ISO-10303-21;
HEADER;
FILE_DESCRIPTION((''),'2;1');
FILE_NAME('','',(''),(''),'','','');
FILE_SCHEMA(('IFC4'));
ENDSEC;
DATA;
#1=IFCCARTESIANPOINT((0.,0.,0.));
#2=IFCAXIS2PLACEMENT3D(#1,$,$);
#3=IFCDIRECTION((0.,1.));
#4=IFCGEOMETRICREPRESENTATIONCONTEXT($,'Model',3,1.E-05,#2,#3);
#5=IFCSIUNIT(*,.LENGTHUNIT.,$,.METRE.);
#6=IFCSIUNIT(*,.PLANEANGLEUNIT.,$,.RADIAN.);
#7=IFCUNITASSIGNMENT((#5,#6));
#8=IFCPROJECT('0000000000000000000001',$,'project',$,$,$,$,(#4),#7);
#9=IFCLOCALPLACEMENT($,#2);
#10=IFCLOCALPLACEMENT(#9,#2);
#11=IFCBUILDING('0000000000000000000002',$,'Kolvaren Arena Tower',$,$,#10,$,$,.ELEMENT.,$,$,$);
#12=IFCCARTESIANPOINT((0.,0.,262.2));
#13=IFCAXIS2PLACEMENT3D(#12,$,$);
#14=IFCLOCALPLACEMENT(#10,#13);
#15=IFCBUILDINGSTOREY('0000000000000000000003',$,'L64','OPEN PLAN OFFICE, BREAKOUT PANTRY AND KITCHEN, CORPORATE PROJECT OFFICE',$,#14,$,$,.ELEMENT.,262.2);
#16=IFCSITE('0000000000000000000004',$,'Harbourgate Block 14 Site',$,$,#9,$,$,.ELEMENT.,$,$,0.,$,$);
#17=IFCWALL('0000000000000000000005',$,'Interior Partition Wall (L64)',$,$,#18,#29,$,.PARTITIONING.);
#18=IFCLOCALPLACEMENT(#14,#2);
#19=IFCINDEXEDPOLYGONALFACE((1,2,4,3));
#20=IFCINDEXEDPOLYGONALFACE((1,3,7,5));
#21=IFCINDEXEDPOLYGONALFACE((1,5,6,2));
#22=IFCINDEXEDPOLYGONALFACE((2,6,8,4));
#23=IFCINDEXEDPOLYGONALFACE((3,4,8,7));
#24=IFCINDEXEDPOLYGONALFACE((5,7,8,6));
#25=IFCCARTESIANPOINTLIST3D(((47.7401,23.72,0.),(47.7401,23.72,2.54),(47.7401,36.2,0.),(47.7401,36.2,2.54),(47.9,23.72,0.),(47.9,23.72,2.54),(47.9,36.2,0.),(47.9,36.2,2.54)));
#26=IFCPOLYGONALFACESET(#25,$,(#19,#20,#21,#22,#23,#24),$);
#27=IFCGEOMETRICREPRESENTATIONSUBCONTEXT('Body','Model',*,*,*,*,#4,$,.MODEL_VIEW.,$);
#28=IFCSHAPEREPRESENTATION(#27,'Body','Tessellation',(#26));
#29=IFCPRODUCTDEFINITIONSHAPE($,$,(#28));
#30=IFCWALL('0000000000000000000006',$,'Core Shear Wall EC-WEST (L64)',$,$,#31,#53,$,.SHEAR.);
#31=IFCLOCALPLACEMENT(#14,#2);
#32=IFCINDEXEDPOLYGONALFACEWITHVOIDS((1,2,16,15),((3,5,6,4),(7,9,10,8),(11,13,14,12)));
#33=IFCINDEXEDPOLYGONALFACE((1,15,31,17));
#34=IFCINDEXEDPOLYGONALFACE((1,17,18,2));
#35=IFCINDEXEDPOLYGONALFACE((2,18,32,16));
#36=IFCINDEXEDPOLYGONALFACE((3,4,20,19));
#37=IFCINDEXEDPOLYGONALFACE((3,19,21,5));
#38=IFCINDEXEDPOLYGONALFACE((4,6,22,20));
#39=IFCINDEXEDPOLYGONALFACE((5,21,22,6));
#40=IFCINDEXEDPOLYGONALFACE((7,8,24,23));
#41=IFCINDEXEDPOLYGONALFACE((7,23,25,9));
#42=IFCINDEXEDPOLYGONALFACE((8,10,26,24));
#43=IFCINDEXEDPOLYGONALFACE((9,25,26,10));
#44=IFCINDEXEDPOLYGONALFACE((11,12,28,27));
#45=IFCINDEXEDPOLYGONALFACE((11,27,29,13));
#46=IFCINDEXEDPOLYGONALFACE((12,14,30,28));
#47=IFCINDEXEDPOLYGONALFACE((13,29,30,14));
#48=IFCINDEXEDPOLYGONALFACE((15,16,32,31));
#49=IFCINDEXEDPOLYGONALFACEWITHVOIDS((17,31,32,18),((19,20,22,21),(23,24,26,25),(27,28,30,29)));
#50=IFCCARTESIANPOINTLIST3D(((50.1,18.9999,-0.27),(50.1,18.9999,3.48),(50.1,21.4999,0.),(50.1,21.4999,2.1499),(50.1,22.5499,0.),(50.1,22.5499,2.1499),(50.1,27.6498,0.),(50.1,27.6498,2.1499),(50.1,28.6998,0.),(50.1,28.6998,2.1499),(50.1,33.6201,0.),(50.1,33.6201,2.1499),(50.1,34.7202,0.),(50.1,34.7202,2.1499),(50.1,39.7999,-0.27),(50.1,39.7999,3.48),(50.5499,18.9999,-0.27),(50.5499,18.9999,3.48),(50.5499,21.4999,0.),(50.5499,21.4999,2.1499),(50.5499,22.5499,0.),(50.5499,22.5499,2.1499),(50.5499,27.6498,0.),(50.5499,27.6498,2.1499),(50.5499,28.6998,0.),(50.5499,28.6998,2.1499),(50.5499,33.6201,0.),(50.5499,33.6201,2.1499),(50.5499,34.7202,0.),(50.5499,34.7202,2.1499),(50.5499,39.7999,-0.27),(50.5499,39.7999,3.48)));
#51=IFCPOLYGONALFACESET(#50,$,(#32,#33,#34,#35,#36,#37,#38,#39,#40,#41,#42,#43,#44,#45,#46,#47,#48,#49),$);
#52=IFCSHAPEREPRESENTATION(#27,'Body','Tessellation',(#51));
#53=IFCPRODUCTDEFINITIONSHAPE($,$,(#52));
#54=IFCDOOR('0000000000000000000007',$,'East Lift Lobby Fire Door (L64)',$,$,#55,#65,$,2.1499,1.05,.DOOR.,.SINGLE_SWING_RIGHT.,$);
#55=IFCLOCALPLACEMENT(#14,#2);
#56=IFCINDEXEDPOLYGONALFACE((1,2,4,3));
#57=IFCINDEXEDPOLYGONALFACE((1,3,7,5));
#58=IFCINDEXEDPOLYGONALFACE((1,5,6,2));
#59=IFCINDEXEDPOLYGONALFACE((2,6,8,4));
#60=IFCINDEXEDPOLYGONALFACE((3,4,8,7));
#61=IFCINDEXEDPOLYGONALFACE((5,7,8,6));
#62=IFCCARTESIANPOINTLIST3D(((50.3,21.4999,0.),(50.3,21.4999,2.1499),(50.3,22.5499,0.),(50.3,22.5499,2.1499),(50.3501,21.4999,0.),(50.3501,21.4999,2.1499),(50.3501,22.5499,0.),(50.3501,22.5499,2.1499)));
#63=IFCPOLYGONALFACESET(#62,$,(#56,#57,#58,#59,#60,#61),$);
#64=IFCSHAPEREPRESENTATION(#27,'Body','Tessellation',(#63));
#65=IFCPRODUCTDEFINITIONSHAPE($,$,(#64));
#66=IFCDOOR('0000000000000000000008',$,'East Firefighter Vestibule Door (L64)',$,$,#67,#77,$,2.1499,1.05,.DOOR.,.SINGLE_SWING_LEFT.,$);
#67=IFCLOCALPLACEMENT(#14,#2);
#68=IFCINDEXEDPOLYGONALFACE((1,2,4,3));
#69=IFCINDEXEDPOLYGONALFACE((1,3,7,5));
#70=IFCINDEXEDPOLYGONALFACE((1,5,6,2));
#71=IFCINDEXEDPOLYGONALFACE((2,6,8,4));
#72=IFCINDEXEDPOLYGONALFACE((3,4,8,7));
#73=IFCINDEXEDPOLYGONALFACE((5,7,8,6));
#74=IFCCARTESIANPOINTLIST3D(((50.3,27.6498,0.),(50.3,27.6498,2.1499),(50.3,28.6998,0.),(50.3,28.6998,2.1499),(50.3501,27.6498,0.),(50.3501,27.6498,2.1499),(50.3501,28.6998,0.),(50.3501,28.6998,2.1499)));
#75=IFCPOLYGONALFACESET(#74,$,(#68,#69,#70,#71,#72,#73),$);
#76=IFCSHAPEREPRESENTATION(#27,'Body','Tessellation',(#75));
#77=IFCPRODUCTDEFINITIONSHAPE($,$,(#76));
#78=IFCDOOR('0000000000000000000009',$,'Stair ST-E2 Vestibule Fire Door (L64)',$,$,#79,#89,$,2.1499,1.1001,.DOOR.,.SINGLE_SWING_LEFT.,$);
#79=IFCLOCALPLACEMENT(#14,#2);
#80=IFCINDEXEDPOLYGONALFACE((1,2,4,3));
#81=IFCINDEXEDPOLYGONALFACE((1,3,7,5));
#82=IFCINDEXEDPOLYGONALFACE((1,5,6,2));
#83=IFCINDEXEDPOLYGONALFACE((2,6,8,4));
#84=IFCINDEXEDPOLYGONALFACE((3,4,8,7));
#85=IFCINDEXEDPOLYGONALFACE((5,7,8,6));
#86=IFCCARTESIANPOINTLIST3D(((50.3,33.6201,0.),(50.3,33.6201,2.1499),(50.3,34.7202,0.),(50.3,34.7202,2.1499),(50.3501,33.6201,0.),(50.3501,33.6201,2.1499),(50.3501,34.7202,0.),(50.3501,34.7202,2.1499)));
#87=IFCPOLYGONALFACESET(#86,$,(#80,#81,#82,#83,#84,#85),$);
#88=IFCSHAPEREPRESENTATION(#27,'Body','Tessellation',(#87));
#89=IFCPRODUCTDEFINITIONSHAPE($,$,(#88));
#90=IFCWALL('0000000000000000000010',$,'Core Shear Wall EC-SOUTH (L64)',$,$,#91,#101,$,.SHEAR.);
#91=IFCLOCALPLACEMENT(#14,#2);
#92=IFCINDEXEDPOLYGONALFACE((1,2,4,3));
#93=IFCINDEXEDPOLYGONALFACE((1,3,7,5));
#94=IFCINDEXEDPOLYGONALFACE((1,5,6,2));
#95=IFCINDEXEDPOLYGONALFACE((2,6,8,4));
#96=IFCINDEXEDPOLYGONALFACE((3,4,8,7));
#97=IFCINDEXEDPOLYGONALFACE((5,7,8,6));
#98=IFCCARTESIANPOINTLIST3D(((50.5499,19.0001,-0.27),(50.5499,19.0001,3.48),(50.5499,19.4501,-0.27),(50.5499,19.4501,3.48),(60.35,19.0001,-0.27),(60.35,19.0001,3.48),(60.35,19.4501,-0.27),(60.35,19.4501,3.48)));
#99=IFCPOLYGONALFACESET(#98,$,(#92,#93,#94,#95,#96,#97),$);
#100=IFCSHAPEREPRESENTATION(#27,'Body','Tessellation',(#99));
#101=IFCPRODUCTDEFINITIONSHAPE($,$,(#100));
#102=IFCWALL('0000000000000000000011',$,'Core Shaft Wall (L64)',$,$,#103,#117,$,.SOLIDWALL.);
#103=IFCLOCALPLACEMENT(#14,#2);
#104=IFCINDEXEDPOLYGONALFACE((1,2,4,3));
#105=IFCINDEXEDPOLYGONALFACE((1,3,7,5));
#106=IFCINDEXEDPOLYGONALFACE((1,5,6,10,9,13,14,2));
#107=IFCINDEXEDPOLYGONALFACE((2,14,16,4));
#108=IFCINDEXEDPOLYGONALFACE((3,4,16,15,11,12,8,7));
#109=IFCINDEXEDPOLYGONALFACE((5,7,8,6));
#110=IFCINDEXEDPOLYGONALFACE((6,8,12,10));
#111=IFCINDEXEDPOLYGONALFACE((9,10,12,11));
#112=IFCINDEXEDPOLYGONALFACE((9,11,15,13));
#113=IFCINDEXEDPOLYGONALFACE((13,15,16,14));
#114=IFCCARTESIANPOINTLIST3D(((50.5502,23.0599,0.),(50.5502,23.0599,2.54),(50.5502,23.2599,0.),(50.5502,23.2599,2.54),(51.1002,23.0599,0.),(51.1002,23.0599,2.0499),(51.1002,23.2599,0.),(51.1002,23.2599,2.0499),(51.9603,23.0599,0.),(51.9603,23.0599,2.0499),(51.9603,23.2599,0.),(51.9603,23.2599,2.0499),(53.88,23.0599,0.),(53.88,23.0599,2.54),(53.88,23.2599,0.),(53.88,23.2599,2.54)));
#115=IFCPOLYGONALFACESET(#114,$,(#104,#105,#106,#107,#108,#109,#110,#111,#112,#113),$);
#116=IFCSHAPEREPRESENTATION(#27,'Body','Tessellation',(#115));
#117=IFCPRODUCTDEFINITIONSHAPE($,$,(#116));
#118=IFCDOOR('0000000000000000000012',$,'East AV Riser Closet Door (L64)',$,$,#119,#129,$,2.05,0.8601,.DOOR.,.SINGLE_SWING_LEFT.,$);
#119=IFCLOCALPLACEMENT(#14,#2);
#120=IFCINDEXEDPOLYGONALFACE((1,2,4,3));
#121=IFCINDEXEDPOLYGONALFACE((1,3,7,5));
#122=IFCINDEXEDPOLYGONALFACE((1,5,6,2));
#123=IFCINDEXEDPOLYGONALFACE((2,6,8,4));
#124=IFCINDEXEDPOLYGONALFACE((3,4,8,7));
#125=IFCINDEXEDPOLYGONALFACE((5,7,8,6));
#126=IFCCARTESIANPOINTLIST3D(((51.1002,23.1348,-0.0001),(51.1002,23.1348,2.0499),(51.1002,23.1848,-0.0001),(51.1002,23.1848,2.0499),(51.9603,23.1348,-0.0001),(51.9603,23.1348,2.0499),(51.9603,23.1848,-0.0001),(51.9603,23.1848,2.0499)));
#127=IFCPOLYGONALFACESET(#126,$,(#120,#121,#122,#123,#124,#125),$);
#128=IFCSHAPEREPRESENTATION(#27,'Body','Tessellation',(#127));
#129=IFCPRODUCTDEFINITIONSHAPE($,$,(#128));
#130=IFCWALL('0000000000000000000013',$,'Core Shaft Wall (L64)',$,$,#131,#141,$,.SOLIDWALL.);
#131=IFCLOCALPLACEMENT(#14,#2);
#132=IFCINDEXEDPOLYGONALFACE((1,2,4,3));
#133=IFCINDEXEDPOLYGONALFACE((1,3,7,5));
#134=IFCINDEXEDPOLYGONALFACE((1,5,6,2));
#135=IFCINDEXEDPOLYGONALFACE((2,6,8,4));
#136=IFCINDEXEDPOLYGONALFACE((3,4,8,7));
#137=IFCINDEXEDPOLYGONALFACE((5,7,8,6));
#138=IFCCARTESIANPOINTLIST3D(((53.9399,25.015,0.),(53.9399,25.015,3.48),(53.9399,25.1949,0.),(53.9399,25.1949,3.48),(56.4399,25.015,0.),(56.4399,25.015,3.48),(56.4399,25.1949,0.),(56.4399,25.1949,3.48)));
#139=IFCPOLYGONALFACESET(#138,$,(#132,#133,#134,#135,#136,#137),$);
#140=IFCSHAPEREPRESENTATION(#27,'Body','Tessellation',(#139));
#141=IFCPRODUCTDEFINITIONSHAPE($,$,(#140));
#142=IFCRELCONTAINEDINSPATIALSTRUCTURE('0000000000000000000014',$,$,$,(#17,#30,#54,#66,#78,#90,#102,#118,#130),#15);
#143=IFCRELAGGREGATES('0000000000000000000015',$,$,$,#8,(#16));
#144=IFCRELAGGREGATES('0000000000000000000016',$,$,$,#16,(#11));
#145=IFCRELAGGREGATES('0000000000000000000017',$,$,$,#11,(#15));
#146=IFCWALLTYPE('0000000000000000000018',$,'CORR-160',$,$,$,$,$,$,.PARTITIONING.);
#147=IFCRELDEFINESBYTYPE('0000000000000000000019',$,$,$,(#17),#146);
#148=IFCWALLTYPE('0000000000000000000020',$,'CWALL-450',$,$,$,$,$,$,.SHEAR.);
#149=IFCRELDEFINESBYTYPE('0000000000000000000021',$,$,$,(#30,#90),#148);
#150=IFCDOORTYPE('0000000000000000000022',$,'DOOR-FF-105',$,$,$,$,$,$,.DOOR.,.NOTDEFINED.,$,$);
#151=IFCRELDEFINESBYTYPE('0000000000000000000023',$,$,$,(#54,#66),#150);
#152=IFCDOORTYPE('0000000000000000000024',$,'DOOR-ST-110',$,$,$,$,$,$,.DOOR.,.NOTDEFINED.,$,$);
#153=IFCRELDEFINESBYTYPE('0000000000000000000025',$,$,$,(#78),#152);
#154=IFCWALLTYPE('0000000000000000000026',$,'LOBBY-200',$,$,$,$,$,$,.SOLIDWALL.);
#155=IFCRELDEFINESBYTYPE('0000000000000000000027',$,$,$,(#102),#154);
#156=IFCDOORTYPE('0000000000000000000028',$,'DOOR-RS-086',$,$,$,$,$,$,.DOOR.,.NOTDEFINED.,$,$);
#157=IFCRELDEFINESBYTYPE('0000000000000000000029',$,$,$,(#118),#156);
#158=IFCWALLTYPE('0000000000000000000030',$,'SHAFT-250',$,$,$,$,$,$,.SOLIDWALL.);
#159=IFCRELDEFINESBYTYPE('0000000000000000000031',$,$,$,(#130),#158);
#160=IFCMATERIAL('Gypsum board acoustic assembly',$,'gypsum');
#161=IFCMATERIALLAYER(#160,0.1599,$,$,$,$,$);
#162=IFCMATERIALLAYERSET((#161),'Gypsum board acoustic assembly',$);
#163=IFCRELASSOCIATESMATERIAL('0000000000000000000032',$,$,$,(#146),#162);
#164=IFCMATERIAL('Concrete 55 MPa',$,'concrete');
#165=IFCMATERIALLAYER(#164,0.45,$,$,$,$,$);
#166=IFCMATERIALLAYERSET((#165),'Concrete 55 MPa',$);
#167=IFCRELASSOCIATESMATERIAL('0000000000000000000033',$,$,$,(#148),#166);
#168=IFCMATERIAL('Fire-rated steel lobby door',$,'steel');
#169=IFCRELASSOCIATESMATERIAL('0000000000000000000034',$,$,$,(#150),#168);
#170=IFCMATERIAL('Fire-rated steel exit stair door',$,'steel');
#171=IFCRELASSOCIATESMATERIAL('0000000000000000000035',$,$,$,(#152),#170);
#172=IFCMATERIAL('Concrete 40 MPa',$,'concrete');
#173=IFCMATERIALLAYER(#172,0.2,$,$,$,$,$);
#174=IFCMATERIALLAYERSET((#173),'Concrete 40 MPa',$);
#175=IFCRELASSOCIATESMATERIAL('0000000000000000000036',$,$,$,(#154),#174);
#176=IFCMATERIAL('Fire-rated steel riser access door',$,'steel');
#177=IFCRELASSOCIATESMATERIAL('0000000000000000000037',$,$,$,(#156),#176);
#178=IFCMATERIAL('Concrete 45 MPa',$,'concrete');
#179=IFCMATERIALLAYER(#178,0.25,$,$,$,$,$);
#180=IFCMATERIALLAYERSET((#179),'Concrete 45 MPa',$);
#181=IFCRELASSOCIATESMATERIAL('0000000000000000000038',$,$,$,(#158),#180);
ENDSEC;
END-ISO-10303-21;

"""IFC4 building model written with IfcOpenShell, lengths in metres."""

from ifc_helpers import new_model, si_unit, direction, frame, frame_2d, origin, place, context, subcontext, project, spatial, rectangle, extrude, material, layer, layer_set, type_object, element, fill, save


model = new_model("IFC4")

# Units and contexts
model_context = context("Model", 3, precision=1e-05, world=origin(), true_north=direction((0.0, 1.0)))
body_context = subcontext(model_context, "Body", "Model", "MODEL_VIEW")
ifc_project = project(units=[si_unit("LENGTHUNIT", "METRE"), si_unit("PLANEANGLEUNIT", "RADIAN")], contexts=[model_context])

# Site, building, storey
site_placement = place(None, origin())
site = spatial("IfcSite", under=ifc_project, at=site_placement, Name="Harbourgate Block 14 Site", CompositionType="ELEMENT", RefElevation=0.0)
building_placement = place(site_placement, origin())
building = spatial("IfcBuilding", under=site, at=building_placement, Name="Kolvaren Arena Tower", CompositionType="ELEMENT")
storey_placement = place(building_placement, frame((0.0, 0.0, 262.2)))
storey = spatial("IfcBuildingStorey", under=building, at=storey_placement, Name="L64", Description="OPEN PLAN OFFICE, BREAKOUT PANTRY AND KITCHEN, CORPORATE PROJECT OFFICE", CompositionType="ELEMENT", Elevation=262.2)

# Shared definitions
ifc_material_1 = material(Name="Gypsum board acoustic assembly", Category="gypsum")
ifc_layer_1 = layer(ifc_material_1, 0.1599)
ifc_layer_set_1 = layer_set([ifc_layer_1], Name="Gypsum board acoustic assembly")
wall_type_1 = type_object("IfcWallType", Name="CORR-160", PredefinedType="PARTITIONING", material=ifc_layer_set_1)

# Wall
wall_1_placement = place(storey_placement, frame((47.8201, 23.72, 0.0), z_axis=(0.0, 0.0, 1.0), x_axis=(0.0, 1.0, 0.0)))
element("IfcWall", 1, at=wall_1_placement, inside=storey, type_object=wall_type_1, Name="Interior Partition Wall (L64)", PredefinedType="PARTITIONING", context=body_context, shape_type="SweptSolid", body=[
    extrude(rectangle(XDim=12.48, YDim=0.1599, at=frame_2d((6.24, 0.0))), origin(), (0.0, 0.0, 1.0), 2.54),
])

# Wall, openings, doors
ifc_material_2 = material(Name="Concrete 55 MPa", Category="concrete")
ifc_layer_2 = layer(ifc_material_2, 0.45)
ifc_layer_set_2 = layer_set([ifc_layer_2], Name="Concrete 55 MPa")
wall_type_2 = type_object("IfcWallType", Name="CWALL-450", PredefinedType="SHEAR", material=ifc_layer_set_2)
wall_2_placement = place(storey_placement, frame((50.325, 19.0, -0.27), z_axis=(0.0, 0.0, 1.0), x_axis=(0.0, 1.0, 0.0)))
wall_2 = element("IfcWall", 2, at=wall_2_placement, inside=storey, type_object=wall_type_2, Name="Core Shear Wall EC-WEST (L64)", PredefinedType="SHEAR", context=body_context, shape_type="SweptSolid", body=[
    extrude(rectangle(XDim=20.8, YDim=0.45, at=frame_2d((10.3999, 0.0))), origin(), (0.0, 0.0, 1.0), 3.75),
])
opening_1_placement = place(wall_2_placement, frame((2.5, 0.0, 0.27)))
opening_1 = element("IfcOpeningElement", 3, at=opening_1_placement, cuts=wall_2, PredefinedType="OPENING", context=body_context, shape_type="SweptSolid", body=[
    extrude(rectangle(XDim=1.05, YDim=2.1499, at=frame_2d((0.5249, 1.075))), frame((0.0, 0.2349, 0.0), z_axis=(0.0, -1.0, 0.0), x_axis=(1.0, 0.0, 0.0)), (0.0, 0.0, 1.0), 0.47),
])
opening_2_placement = place(wall_2_placement, frame((8.6499, 0.0, 0.27)))
opening_2 = element("IfcOpeningElement", 4, at=opening_2_placement, cuts=wall_2, PredefinedType="OPENING", context=body_context, shape_type="SweptSolid", body=[
    extrude(rectangle(XDim=1.05, YDim=2.1499, at=frame_2d((0.5249, 1.075))), frame((0.0, 0.2349, 0.0), z_axis=(0.0, -1.0, 0.0), x_axis=(1.0, 0.0, 0.0)), (0.0, 0.0, 1.0), 0.47),
])
opening_3_placement = place(wall_2_placement, frame((14.6201, 0.0, 0.27)))
opening_3 = element("IfcOpeningElement", 5, at=opening_3_placement, cuts=wall_2, PredefinedType="OPENING", context=body_context, shape_type="SweptSolid", body=[
    extrude(rectangle(XDim=1.1001, YDim=2.1499, at=frame_2d((0.55, 1.075))), frame((0.0, 0.2349, 0.0), z_axis=(0.0, -1.0, 0.0), x_axis=(1.0, 0.0, 0.0)), (0.0, 0.0, 1.0), 0.47),
])
ifc_material_3 = material(Name="Fire-rated steel lobby door", Category="steel")
door_type_1 = type_object("IfcDoorType", Name="DOOR-FF-105", OperationType="NOTDEFINED", PredefinedType="DOOR", material=ifc_material_3)
door_1_placement = place(opening_1_placement, origin())
door_1 = element("IfcDoor", 6, at=door_1_placement, inside=storey, type_object=door_type_1, Name="East Lift Lobby Fire Door (L64)", OperationType="SINGLE_SWING_RIGHT", OverallHeight=2.1499, OverallWidth=1.05, PredefinedType="DOOR", context=body_context, shape_type="SweptSolid", body=[
    extrude(rectangle(XDim=1.05, YDim=2.1499, at=frame_2d((0.5249, 1.075))), frame((0.0, 0.0249, 0.0), z_axis=(0.0, -1.0, 0.0), x_axis=(1.0, 0.0, 0.0)), (0.0, 0.0, 1.0), 0.05),
])
fill(opening_1, door_1)
door_2_placement = place(opening_2_placement, origin())
door_2 = element("IfcDoor", 7, at=door_2_placement, inside=storey, type_object=door_type_1, Name="East Firefighter Vestibule Door (L64)", OperationType="SINGLE_SWING_LEFT", OverallHeight=2.1499, OverallWidth=1.05, PredefinedType="DOOR", context=body_context, shape_type="SweptSolid", body=[
    extrude(rectangle(XDim=1.05, YDim=2.1499, at=frame_2d((0.5249, 1.075))), frame((0.0, 0.0249, 0.0), z_axis=(0.0, -1.0, 0.0), x_axis=(1.0, 0.0, 0.0)), (0.0, 0.0, 1.0), 0.05),
])
fill(opening_2, door_2)
ifc_material_4 = material(Name="Fire-rated steel exit stair door", Category="steel")
door_type_2 = type_object("IfcDoorType", Name="DOOR-ST-110", OperationType="NOTDEFINED", PredefinedType="DOOR", material=ifc_material_4)
door_3_placement = place(opening_3_placement, origin())
door_3 = element("IfcDoor", 8, at=door_3_placement, inside=storey, type_object=door_type_2, Name="Stair ST-E2 Vestibule Fire Door (L64)", OperationType="SINGLE_SWING_LEFT", OverallHeight=2.1499, OverallWidth=1.1001, PredefinedType="DOOR", context=body_context, shape_type="SweptSolid", body=[
    extrude(rectangle(XDim=1.1001, YDim=2.1499, at=frame_2d((0.55, 1.075))), frame((0.0, 0.0249, 0.0), z_axis=(0.0, -1.0, 0.0), x_axis=(1.0, 0.0, 0.0)), (0.0, 0.0, 1.0), 0.05),
])
fill(opening_3, door_3)

# Wall
wall_3_placement = place(storey_placement, frame((50.55, 19.2251, -0.27), z_axis=(0.0, 0.0, 1.0), x_axis=(1.0, 0.0, 0.0)))
element("IfcWall", 9, at=wall_3_placement, inside=storey, type_object=wall_type_2, Name="Core Shear Wall EC-SOUTH (L64)", PredefinedType="SHEAR", context=body_context, shape_type="SweptSolid", body=[
    extrude(rectangle(XDim=9.8, YDim=0.45, at=frame_2d((4.8999, 0.0))), origin(), (0.0, 0.0, 1.0), 3.75),
])

# Shared definitions
ifc_material_5 = material(Name="Concrete 40 MPa", Category="concrete")
ifc_layer_3 = layer(ifc_material_5, 0.2)
ifc_layer_set_3 = layer_set([ifc_layer_3], Name="Concrete 40 MPa")
wall_type_3 = type_object("IfcWallType", Name="LOBBY-200", PredefinedType="SOLIDWALL", material=ifc_layer_set_3)

# Wall, opening, door
wall_4_placement = place(storey_placement, frame((50.55, 23.1599, 0.0), z_axis=(0.0, 0.0, 1.0), x_axis=(1.0, 0.0, 0.0)))
wall_4 = element("IfcWall", 10, at=wall_4_placement, inside=storey, type_object=wall_type_3, Name="Core Shaft Wall (L64)", PredefinedType="SOLIDWALL", context=body_context, shape_type="SweptSolid", body=[
    extrude(rectangle(XDim=3.3298, YDim=0.2, at=frame_2d((1.665, 0.0))), origin(), (0.0, 0.0, 1.0), 2.54),
])
opening_4_placement = place(wall_4_placement, frame((0.55, 0.0, 0.0)))
opening_4 = element("IfcOpeningElement", 11, at=opening_4_placement, cuts=wall_4, PredefinedType="OPENING", context=body_context, shape_type="SweptSolid", body=[
    extrude(rectangle(XDim=0.8601, YDim=2.05, at=frame_2d((0.4302, 1.0249))), frame((0.0, 0.1099, 0.0), z_axis=(0.0, -1.0, 0.0), x_axis=(1.0, 0.0, 0.0)), (0.0, 0.0, 1.0), 0.22),
])
ifc_material_6 = material(Name="Fire-rated steel riser access door", Category="steel")
door_type_3 = type_object("IfcDoorType", Name="DOOR-RS-086", OperationType="NOTDEFINED", PredefinedType="DOOR", material=ifc_material_6)
door_4_placement = place(opening_4_placement, origin())
door_4 = element("IfcDoor", 12, at=door_4_placement, inside=storey, type_object=door_type_3, Name="East AV Riser Closet Door (L64)", OperationType="SINGLE_SWING_LEFT", OverallHeight=2.05, OverallWidth=0.8601, PredefinedType="DOOR", context=body_context, shape_type="SweptSolid", body=[
    extrude(rectangle(XDim=0.8601, YDim=2.05, at=frame_2d((0.4302, 1.0249))), frame((0.0, 0.0249, 0.0), z_axis=(0.0, -1.0, 0.0), x_axis=(1.0, 0.0, 0.0)), (0.0, 0.0, 1.0), 0.05),
])
fill(opening_4, door_4)

# Wall
ifc_material_7 = material(Name="Concrete 45 MPa", Category="concrete")
ifc_layer_4 = layer(ifc_material_7, 0.25)
ifc_layer_set_4 = layer_set([ifc_layer_4], Name="Concrete 45 MPa")
wall_type_4 = type_object("IfcWallType", Name="SHAFT-250", PredefinedType="SOLIDWALL", material=ifc_layer_set_4)
wall_5_placement = place(storey_placement, frame((53.9399, 25.105, 0.0), z_axis=(0.0, 0.0, 1.0), x_axis=(1.0, 0.0, 0.0)))
element("IfcWall", 13, at=wall_5_placement, inside=storey, type_object=wall_type_4, Name="Core Shaft Wall (L64)", PredefinedType="SOLIDWALL", context=body_context, shape_type="SweptSolid", body=[
    extrude(rectangle(XDim=2.5, YDim=0.1799, at=frame_2d((1.25, 0.0))), origin(), (0.0, 0.0, 1.0), 3.48),
])

save(model, "model.ifc")
